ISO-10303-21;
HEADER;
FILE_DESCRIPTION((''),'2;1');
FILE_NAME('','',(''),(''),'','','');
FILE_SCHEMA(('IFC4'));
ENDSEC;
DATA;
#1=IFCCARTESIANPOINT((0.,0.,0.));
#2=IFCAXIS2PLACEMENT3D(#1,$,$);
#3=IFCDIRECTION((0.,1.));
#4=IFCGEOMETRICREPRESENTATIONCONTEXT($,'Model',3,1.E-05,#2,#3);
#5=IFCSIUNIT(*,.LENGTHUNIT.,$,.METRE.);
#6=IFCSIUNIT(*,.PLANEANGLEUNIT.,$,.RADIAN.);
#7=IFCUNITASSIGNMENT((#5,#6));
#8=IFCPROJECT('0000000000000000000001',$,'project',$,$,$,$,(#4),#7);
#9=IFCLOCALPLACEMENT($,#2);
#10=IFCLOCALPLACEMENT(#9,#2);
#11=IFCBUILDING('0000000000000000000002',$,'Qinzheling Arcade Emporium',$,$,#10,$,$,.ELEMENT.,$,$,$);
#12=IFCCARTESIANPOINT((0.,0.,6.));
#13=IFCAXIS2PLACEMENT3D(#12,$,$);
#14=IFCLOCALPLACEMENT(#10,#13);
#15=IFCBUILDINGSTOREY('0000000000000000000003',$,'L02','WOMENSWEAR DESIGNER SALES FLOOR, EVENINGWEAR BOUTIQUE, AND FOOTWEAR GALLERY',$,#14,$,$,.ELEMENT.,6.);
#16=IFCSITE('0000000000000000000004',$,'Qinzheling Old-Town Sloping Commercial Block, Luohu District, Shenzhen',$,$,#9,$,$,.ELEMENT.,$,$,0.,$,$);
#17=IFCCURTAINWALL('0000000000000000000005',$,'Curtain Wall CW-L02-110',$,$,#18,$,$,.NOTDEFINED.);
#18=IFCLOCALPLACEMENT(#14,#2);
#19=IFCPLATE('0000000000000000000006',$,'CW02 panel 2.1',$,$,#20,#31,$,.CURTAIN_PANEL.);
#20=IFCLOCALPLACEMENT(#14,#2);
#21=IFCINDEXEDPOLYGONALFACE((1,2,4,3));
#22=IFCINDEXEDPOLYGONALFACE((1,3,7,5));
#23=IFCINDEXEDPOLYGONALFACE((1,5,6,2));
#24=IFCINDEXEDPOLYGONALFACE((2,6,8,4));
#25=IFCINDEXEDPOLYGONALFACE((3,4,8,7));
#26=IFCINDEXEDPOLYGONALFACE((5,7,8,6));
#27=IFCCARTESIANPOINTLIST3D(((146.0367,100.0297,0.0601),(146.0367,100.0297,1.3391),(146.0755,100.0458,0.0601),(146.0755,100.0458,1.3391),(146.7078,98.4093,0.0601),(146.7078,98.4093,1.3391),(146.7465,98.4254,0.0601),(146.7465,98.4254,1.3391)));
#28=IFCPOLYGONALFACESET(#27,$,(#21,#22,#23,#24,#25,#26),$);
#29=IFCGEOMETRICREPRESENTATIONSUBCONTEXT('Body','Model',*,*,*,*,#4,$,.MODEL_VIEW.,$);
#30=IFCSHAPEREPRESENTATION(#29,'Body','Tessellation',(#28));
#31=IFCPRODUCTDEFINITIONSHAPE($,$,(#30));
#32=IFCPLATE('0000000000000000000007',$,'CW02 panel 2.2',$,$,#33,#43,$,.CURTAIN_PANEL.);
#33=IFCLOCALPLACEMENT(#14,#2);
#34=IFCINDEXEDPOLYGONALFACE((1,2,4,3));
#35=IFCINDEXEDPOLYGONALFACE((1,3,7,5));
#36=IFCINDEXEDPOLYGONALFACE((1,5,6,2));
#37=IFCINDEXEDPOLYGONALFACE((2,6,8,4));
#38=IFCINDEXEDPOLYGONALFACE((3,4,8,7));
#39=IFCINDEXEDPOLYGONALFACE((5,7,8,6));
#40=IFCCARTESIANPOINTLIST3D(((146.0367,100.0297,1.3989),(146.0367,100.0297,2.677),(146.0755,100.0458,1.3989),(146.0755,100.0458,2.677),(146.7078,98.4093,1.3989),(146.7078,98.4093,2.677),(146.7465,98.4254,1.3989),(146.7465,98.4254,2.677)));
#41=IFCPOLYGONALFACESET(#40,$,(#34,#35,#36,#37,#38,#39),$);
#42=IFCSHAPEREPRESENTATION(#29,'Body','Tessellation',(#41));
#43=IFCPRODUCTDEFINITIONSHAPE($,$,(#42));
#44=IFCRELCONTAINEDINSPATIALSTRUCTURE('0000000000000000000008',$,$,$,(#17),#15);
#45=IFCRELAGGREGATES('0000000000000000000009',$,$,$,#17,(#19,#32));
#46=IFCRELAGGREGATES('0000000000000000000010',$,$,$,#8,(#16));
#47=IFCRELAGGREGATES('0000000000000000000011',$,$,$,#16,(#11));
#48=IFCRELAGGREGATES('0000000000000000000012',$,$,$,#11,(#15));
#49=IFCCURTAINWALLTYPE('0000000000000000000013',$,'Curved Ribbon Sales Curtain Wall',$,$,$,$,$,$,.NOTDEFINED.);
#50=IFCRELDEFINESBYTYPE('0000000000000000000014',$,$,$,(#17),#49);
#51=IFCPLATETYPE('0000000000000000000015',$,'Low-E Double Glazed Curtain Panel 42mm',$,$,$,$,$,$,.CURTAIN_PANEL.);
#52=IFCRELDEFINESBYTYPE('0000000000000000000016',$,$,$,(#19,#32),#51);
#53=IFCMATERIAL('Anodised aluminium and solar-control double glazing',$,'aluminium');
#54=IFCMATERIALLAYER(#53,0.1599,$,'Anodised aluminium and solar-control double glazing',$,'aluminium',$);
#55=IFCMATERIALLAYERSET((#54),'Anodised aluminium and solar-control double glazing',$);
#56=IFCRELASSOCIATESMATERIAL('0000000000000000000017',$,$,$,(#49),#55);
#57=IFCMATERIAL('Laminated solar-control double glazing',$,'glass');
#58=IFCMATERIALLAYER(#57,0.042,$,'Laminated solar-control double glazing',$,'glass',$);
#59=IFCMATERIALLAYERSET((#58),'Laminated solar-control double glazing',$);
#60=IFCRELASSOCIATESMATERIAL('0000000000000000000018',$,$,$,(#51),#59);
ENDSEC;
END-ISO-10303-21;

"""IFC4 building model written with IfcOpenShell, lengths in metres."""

from ifc_helpers import new_model, si_unit, direction, frame, origin, origin_2d, place, context, subcontext, project, spatial, rectangle, extrude, material, layer, layer_set, type_object, element, aggregate, save


model = new_model("IFC4")

# Units and contexts
model_context = context("Model", 3, precision=1e-05, world=origin(), true_north=direction((0.0, 1.0)))
body_context = subcontext(model_context, "Body", "Model", "MODEL_VIEW")
ifc_project = project(units=[si_unit("LENGTHUNIT", "METRE"), si_unit("PLANEANGLEUNIT", "RADIAN")], contexts=[model_context])

# Site, building, storey
site_placement = place(None, origin())
site = spatial("IfcSite", under=ifc_project, at=site_placement, Name="Qinzheling Old-Town Sloping Commercial Block, Luohu District, Shenzhen", CompositionType="ELEMENT", RefElevation=0.0)
building_placement = place(site_placement, origin())
building = spatial("IfcBuilding", under=site, at=building_placement, Name="Qinzheling Arcade Emporium", CompositionType="ELEMENT")
storey_placement = place(building_placement, frame((0.0, 0.0, 6.0)))
storey = spatial("IfcBuildingStorey", under=building, at=storey_placement, Name="L02", Description="WOMENSWEAR DESIGNER SALES FLOOR, EVENINGWEAR BOUTIQUE, AND FOOTWEAR GALLERY", CompositionType="ELEMENT", Elevation=6.0)

# Shared definitions
ifc_material_1 = material(Name="Anodised aluminium and solar-control double glazing", Category="aluminium")
ifc_layer_1 = layer(ifc_material_1, 0.1599, Name="Anodised aluminium and solar-control double glazing", Category="aluminium")
ifc_layer_set_1 = layer_set([ifc_layer_1], Name="Anodised aluminium and solar-control double glazing")
curtain_wall_type = type_object("IfcCurtainWallType", Name="Curved Ribbon Sales Curtain Wall", PredefinedType="NOTDEFINED", material=ifc_layer_set_1)

# Curtain wall
curtain_wall_1_placement = place(storey_placement, origin())
curtain_wall_1 = element("IfcCurtainWall", 1, at=curtain_wall_1_placement, inside=storey, type_object=curtain_wall_type, Name="Curtain Wall CW-L02-110", PredefinedType="NOTDEFINED")

# Plates
ifc_material_2 = material(Name="Laminated solar-control double glazing", Category="glass")
ifc_layer_2 = layer(ifc_material_2, 0.042, Name="Laminated solar-control double glazing", Category="glass")
ifc_layer_set_2 = layer_set([ifc_layer_2], Name="Laminated solar-control double glazing")
plate_type_1 = type_object("IfcPlateType", Name="Low-E Double Glazed Curtain Panel 42mm", PredefinedType="CURTAIN_PANEL", material=ifc_layer_set_2)
plate_1_placement = place(storey_placement, frame((146.3916, 99.2275, 0.0601), z_axis=(0.0, 0.0, 1.0), x_axis=(0.382631, -0.923901, 0.0)))
plate_1 = element("IfcPlate", 2, at=plate_1_placement, type_object=plate_type_1, Name="CW02 panel 2.1", PredefinedType="CURTAIN_PANEL", context=body_context, shape_type="SweptSolid", body=[
    extrude(rectangle(XDim=1.7539, YDim=0.042, at=origin_2d()), origin(), (0.0, 0.0, 1.0), 1.2791),
])
plate_2_placement = place(storey_placement, frame((146.3916, 99.2275, 1.3989), z_axis=(0.0, 0.0, 1.0), x_axis=(0.382631, -0.923901, 0.0)))
plate_2 = element("IfcPlate", 3, at=plate_2_placement, type_object=plate_type_1, Name="CW02 panel 2.2", PredefinedType="CURTAIN_PANEL", context=body_context, shape_type="SweptSolid", body=[
    extrude(rectangle(XDim=1.7539, YDim=0.042, at=origin_2d()), origin(), (0.0, 0.0, 1.0), 1.2781),
])
aggregate(curtain_wall_1, [plate_1, plate_2])

save(model, "model.ifc")
